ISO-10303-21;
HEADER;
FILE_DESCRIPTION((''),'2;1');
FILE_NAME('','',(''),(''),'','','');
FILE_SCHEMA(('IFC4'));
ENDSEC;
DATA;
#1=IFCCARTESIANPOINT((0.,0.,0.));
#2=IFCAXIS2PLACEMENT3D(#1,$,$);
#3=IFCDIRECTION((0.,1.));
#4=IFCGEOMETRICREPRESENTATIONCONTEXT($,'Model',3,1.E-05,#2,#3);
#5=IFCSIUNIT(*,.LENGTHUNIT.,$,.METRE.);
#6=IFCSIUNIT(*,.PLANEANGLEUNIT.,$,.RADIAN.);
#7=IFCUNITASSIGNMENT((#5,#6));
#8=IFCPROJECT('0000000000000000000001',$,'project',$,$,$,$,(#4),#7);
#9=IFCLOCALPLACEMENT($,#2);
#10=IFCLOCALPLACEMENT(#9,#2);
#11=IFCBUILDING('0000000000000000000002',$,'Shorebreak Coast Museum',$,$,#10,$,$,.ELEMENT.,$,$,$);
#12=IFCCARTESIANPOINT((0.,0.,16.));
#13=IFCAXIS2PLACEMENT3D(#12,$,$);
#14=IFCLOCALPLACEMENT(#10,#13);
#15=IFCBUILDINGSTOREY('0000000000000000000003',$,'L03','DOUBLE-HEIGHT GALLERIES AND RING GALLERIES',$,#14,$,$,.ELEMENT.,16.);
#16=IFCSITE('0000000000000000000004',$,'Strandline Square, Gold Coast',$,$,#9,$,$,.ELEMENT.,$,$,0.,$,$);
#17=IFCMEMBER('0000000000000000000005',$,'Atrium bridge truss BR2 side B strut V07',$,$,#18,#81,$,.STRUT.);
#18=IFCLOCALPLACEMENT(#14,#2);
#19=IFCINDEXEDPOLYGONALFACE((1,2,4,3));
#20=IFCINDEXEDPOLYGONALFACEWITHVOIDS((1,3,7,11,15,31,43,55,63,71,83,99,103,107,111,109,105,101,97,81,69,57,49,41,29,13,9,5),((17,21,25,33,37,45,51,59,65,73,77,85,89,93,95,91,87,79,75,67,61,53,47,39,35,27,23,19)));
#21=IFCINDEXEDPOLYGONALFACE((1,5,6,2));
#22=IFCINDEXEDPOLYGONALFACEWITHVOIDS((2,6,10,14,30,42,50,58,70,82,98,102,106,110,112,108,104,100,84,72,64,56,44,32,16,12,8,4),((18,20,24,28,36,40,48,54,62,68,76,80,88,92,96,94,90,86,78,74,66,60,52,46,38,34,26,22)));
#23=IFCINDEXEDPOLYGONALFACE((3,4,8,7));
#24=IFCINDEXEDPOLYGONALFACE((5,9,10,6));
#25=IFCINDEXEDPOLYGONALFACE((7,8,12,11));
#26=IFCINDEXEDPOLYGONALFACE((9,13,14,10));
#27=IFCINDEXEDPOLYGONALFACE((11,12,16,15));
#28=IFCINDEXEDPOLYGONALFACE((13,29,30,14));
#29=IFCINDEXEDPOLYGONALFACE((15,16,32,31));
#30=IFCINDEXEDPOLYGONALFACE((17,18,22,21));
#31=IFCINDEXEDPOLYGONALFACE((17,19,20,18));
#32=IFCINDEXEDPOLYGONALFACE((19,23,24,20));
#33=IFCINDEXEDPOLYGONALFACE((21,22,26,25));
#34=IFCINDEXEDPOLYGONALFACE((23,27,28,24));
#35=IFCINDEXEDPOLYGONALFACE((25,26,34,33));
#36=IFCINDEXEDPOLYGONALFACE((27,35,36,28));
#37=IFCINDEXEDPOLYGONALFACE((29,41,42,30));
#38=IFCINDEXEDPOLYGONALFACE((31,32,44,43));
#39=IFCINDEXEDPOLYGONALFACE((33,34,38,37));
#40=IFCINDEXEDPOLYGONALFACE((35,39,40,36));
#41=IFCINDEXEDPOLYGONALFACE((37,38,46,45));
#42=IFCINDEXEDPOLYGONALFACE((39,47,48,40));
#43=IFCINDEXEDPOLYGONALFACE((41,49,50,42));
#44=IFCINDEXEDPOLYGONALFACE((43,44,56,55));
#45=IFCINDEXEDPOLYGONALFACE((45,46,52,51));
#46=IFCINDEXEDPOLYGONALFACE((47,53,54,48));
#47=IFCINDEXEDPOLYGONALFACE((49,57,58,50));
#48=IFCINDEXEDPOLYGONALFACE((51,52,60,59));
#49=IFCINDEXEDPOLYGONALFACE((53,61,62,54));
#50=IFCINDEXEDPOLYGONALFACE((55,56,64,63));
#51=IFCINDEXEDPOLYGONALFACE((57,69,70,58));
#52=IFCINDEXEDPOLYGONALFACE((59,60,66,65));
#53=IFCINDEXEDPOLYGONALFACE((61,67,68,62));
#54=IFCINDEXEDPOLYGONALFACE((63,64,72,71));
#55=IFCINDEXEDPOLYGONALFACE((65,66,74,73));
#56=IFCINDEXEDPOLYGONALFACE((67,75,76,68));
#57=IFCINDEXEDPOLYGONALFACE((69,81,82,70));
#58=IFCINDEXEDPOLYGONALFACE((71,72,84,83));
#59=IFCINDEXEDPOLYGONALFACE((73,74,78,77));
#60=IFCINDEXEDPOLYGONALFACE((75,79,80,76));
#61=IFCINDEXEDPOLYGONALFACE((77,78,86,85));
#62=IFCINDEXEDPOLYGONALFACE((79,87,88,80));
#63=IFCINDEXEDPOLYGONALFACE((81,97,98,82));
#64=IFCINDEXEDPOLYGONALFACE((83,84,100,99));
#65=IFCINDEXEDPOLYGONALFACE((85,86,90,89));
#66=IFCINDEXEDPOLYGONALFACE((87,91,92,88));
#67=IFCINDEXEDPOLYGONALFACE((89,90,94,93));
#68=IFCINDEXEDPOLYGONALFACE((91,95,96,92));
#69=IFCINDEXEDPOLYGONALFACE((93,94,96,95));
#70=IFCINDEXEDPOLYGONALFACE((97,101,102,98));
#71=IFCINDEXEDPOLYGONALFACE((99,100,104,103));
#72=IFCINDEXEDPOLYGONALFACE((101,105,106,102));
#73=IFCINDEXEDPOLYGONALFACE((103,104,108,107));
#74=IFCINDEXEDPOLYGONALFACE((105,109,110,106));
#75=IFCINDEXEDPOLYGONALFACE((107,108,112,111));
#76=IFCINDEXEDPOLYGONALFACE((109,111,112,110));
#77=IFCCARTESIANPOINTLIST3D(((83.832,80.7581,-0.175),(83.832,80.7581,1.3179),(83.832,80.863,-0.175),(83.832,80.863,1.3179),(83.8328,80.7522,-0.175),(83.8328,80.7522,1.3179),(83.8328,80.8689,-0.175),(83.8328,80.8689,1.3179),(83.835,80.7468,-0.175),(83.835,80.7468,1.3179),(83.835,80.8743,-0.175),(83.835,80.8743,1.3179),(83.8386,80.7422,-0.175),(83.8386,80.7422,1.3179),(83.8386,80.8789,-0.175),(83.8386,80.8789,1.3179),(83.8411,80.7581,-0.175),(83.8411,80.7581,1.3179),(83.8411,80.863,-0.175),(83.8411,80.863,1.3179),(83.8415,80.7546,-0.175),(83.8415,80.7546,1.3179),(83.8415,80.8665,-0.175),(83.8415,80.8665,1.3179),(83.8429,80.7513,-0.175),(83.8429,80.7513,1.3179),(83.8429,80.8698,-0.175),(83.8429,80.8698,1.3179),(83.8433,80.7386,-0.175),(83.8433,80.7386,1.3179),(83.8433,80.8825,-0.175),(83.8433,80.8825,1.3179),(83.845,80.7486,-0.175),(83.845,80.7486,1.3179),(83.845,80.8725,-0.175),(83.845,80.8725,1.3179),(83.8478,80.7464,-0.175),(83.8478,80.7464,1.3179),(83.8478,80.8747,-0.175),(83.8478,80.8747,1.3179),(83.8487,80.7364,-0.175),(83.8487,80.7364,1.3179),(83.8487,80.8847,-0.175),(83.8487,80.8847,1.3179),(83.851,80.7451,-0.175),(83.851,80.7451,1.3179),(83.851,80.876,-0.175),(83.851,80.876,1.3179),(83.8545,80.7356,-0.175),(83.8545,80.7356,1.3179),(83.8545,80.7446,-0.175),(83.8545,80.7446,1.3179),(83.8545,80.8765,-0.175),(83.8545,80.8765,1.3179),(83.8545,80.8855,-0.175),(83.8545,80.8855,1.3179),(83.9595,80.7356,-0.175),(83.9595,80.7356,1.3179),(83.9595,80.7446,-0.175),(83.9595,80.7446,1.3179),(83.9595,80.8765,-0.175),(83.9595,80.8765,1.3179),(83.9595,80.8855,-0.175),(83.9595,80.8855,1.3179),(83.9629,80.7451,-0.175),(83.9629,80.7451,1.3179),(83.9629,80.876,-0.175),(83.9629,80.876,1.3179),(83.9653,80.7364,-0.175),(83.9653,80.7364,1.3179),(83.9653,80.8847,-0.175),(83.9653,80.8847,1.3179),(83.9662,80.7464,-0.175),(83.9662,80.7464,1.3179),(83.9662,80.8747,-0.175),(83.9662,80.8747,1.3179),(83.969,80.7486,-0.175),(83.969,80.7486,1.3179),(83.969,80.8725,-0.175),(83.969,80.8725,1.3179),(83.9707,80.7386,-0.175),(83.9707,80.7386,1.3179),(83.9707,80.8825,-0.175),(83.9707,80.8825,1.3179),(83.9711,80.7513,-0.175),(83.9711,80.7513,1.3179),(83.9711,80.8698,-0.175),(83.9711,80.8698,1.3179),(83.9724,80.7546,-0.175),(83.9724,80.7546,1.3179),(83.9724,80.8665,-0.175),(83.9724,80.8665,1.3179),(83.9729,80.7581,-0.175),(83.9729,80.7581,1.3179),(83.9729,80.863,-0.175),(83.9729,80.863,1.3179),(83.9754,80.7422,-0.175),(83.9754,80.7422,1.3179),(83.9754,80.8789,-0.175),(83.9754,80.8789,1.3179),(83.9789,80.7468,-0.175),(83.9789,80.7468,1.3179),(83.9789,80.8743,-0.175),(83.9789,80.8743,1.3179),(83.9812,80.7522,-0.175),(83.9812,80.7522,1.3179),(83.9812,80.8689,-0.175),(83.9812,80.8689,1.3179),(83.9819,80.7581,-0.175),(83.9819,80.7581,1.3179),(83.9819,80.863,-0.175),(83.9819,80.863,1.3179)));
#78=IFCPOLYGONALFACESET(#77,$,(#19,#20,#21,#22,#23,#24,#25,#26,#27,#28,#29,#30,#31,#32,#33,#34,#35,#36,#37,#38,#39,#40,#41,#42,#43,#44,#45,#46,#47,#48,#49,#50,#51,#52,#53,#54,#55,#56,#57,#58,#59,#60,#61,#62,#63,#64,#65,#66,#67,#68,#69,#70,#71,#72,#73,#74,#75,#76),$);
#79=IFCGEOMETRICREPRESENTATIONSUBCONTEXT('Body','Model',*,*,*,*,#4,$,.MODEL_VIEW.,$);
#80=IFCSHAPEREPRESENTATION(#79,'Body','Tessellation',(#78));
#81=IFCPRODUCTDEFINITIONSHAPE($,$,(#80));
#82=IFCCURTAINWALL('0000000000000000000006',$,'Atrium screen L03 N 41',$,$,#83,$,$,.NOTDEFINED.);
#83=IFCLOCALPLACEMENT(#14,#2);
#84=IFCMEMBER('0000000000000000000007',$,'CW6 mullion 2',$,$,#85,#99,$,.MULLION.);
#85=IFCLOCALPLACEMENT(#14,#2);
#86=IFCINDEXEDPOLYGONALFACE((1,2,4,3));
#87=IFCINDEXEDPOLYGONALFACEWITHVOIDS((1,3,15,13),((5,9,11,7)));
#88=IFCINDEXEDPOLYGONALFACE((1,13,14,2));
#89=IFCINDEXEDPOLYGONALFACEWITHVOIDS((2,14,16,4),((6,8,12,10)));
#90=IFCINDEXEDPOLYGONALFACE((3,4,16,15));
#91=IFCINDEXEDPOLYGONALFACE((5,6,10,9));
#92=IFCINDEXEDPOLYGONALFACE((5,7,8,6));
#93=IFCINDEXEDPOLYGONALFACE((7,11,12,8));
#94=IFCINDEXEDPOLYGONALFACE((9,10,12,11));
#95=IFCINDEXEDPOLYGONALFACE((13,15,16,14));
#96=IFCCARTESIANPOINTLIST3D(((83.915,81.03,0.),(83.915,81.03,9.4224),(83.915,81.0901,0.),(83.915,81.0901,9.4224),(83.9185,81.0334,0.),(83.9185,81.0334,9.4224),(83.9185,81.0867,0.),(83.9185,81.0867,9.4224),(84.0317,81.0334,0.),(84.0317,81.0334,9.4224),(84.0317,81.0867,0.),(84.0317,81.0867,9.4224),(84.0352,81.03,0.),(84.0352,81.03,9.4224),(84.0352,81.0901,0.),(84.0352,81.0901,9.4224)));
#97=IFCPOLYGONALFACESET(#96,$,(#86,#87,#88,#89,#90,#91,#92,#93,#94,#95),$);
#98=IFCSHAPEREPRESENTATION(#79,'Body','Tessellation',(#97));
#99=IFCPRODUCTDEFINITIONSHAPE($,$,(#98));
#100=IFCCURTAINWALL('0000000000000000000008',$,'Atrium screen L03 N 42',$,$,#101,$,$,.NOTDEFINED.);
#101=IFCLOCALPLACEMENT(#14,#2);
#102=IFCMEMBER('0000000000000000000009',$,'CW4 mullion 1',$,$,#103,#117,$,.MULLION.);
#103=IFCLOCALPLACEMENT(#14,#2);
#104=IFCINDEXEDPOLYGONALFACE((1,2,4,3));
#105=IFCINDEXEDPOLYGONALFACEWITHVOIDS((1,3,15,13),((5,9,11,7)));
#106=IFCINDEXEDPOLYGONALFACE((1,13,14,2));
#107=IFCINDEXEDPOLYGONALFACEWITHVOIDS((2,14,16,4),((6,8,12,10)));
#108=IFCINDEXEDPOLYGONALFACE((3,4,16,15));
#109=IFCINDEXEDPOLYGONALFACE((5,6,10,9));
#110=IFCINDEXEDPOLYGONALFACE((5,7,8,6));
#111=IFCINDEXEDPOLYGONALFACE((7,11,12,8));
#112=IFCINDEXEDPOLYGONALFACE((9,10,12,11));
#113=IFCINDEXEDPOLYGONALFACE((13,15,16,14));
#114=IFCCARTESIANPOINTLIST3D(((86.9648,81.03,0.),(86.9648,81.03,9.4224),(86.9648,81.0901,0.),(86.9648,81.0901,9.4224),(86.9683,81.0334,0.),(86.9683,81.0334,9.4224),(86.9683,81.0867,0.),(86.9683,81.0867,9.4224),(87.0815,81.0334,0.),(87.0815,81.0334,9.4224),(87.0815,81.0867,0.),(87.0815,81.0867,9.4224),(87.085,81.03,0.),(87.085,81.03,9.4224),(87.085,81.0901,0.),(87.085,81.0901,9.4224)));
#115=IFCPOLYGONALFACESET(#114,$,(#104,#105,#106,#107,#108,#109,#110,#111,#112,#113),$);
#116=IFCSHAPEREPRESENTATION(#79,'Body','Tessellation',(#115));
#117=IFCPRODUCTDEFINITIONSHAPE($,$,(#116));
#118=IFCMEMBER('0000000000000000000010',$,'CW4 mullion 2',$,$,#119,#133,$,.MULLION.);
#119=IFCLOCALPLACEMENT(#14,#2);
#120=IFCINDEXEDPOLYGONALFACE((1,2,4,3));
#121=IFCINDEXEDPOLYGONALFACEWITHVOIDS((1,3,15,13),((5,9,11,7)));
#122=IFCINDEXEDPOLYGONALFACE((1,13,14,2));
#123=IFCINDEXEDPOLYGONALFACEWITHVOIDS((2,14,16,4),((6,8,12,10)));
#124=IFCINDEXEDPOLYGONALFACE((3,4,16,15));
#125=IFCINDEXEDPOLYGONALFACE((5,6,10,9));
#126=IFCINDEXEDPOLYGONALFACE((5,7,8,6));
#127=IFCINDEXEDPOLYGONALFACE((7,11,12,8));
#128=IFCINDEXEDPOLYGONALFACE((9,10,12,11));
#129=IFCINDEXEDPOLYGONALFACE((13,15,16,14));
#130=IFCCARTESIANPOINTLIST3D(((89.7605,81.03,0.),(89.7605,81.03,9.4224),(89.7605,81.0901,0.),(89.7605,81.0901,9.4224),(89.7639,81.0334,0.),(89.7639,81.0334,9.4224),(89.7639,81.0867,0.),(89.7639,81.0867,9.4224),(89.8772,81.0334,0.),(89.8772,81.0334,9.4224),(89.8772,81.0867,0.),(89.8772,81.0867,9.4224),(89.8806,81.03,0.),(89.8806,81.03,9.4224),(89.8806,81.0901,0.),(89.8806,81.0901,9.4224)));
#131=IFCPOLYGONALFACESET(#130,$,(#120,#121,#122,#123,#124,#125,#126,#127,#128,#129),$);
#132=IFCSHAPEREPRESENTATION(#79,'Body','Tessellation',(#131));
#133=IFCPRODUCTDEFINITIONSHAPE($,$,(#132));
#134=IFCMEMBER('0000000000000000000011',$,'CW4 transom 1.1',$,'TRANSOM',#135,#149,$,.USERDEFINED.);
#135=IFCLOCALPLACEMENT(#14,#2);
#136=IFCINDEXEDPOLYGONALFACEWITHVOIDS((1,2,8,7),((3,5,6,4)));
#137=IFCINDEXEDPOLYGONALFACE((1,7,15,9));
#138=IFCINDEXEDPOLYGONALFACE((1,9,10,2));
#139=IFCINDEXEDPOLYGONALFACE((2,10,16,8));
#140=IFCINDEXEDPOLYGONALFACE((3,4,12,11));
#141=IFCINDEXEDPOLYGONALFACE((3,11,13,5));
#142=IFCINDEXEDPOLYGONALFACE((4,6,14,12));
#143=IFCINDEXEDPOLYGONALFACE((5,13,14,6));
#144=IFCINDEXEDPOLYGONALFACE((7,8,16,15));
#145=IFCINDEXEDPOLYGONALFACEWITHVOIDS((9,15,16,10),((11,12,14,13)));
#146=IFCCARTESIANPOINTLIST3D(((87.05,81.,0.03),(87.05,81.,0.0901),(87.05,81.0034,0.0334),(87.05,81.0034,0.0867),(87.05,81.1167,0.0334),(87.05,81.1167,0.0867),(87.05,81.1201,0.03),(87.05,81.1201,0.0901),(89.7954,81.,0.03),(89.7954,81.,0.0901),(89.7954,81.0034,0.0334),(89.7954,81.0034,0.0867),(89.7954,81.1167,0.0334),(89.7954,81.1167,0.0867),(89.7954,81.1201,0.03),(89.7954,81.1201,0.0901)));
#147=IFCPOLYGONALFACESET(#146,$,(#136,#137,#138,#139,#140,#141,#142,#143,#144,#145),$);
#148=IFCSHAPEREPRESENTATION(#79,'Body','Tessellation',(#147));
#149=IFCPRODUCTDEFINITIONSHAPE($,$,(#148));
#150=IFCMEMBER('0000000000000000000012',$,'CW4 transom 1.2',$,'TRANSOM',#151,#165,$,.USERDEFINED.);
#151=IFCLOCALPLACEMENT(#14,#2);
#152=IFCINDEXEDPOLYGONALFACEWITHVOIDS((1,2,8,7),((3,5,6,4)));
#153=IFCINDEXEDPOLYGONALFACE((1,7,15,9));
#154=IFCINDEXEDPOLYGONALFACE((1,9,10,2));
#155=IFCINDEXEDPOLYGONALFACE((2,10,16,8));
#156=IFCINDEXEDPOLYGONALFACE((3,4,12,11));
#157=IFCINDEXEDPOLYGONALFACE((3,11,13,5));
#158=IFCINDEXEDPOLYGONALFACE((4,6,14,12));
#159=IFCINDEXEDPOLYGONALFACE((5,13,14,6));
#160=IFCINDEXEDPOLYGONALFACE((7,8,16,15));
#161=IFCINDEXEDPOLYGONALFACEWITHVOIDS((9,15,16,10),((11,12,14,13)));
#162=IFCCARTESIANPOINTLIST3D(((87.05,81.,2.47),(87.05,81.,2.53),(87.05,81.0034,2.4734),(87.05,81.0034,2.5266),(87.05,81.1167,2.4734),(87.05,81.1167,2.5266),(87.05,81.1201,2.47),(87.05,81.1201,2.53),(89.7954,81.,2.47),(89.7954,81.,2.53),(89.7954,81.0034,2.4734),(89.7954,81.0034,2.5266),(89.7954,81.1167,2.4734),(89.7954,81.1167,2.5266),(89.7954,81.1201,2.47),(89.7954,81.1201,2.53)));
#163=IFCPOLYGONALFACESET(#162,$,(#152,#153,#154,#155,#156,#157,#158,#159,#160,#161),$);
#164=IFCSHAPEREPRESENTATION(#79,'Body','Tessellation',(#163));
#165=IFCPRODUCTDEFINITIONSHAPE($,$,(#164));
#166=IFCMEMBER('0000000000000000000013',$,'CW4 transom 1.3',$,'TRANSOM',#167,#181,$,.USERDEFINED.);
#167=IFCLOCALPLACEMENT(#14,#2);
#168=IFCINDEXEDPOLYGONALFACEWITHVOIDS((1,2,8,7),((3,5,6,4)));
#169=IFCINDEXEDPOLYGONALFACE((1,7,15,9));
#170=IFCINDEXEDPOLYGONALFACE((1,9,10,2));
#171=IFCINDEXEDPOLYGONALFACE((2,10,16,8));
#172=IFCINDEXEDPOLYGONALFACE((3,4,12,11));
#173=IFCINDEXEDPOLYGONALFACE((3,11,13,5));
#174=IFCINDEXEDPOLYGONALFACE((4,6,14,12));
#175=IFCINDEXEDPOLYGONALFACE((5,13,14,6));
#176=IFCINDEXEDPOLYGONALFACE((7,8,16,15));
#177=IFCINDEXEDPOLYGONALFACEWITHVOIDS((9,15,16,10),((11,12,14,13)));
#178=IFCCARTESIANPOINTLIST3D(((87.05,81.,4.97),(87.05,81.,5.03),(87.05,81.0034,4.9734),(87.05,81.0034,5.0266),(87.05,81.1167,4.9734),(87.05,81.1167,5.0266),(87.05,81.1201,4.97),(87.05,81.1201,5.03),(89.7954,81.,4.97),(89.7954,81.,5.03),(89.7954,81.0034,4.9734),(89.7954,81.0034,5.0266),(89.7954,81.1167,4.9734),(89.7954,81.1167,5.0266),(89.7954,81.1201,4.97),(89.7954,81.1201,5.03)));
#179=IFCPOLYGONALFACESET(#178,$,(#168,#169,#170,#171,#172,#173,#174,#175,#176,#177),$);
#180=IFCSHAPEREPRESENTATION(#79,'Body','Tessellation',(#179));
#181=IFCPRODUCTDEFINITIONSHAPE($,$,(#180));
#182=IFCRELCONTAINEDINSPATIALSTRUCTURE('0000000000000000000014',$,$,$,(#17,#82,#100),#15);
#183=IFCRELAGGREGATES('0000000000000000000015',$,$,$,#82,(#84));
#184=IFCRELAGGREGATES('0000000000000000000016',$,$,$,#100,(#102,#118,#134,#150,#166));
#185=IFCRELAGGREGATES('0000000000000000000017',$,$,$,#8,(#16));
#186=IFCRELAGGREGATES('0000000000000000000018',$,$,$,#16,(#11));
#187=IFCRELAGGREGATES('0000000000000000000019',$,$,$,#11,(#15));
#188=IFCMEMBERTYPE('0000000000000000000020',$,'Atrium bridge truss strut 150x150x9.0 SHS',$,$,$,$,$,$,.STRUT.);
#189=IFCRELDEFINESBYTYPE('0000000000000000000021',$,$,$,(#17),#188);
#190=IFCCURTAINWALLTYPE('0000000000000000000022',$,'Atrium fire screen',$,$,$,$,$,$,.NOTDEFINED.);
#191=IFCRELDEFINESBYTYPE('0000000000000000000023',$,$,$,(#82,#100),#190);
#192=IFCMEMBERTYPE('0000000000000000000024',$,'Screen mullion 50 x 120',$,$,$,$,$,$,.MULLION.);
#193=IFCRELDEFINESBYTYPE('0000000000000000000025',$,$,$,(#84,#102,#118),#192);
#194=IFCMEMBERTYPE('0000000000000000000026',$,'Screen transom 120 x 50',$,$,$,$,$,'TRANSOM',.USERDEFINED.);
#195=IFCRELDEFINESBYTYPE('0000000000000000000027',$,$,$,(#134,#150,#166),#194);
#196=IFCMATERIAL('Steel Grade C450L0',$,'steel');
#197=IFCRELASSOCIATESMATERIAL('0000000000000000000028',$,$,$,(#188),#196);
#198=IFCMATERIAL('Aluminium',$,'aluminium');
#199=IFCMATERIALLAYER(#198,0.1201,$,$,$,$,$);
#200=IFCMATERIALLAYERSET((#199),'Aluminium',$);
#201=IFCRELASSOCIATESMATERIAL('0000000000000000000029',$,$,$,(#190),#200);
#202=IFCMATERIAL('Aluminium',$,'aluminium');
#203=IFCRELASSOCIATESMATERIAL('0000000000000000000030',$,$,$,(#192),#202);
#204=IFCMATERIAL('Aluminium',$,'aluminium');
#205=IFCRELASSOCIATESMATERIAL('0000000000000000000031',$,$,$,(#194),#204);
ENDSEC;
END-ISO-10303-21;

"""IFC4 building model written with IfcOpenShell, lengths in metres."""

from ifc_helpers import new_model, si_unit, direction, frame, origin, origin_2d, place, context, subcontext, project, spatial, hollow_rectangle, extrude, material, layer, layer_set, material_profile, profile_set, type_object, element, aggregate, save


model = new_model("IFC4")

# Units and contexts
model_context = context("Model", 3, precision=1e-05, world=origin(), true_north=direction((0.0, 1.0)))
body_context = subcontext(model_context, "Body", "Model", "MODEL_VIEW")
ifc_project = project(units=[si_unit("LENGTHUNIT", "METRE"), si_unit("PLANEANGLEUNIT", "RADIAN")], contexts=[model_context])

# Site, building, storey
site_placement = place(None, origin())
site = spatial("IfcSite", under=ifc_project, at=site_placement, Name="Strandline Square, Gold Coast", CompositionType="ELEMENT", RefElevation=0.0)
building_placement = place(site_placement, origin())
building = spatial("IfcBuilding", under=site, at=building_placement, Name="Shorebreak Coast Museum", CompositionType="ELEMENT")
storey_placement = place(building_placement, frame((0.0, 0.0, 16.0)))
storey = spatial("IfcBuildingStorey", under=building, at=storey_placement, Name="L03", Description="DOUBLE-HEIGHT GALLERIES AND RING GALLERIES", CompositionType="ELEMENT", Elevation=16.0)

# Member
ifc_material_1 = material(Name="Steel Grade C450L0", Category="steel")
ifc_material_profile_1 = material_profile(ifc_material_1, hollow_rectangle(XDim=0.1499, YDim=0.1499, WallThickness=0.009, InnerFilletRadius=0.0134, OuterFilletRadius=0.0225, at=origin_2d()), Name="150x150x9.0 SHS")
ifc_profile_set_1 = profile_set([ifc_material_profile_1], Name="Steel Grade C450L0")
member_type_1 = type_object("IfcMemberType", Name="Atrium bridge truss strut 150x150x9.0 SHS", PredefinedType="STRUT", material=ifc_profile_set_1)
for number, where, z_axis, x_axis, name in (
    (1, (83.907, 80.8105, -0.175), (0.0, 0.0, 1.0), (1.0, 0.0, 0.0), "Atrium bridge truss BR2 side B strut V07"),
):
    element("IfcMember", number, at=place(storey_placement, frame(where, z_axis=z_axis, x_axis=x_axis)), inside=storey, type_object=member_type_1, Name=name, PredefinedType="STRUT", context=body_context, shape_type="SweptSolid", body=[
        extrude(hollow_rectangle(XDim=0.1499, YDim=0.1499, WallThickness=0.009, InnerFilletRadius=0.0134, OuterFilletRadius=0.0225, at=origin_2d()), origin(), (0.0, 0.0, 1.0), 1.4929),
    ])

# Curtain wall, member
ifc_material_2 = material(Name="Aluminium", Category="aluminium")
ifc_layer_1 = layer(ifc_material_2, 0.1201)
ifc_layer_set_1 = layer_set([ifc_layer_1], Name="Aluminium")
curtain_wall_type = type_object("IfcCurtainWallType", Name="Atrium fire screen", PredefinedType="NOTDEFINED", material=ifc_layer_set_1)
curtain_wall_1_placement = place(storey_placement, origin())
curtain_wall_1 = element("IfcCurtainWall", 2, at=curtain_wall_1_placement, inside=storey, type_object=curtain_wall_type, Name="Atrium screen L03 N 41", PredefinedType="NOTDEFINED")
ifc_material_3 = material(Name="Aluminium", Category="aluminium")
ifc_material_profile_2 = material_profile(ifc_material_3, hollow_rectangle(XDim=0.0601, YDim=0.1201, WallThickness=0.0034, at=origin_2d()), Name="AL 120x60 RHS")
ifc_profile_set_2 = profile_set([ifc_material_profile_2], Name="Aluminium")
member_type_2 = type_object("IfcMemberType", Name="Screen mullion 50 x 120", PredefinedType="MULLION", material=ifc_profile_set_2)
member_1_placement = place(storey_placement, frame((83.9751, 81.0601, 0.0), z_axis=(0.0, 0.0, 1.0), x_axis=(0.0, 1.0, 0.0)))
member_1 = element("IfcMember", 3, at=member_1_placement, type_object=member_type_2, Name="CW6 mullion 2", PredefinedType="MULLION", context=body_context, shape_type="SweptSolid", body=[
    extrude(hollow_rectangle(XDim=0.0601, YDim=0.1201, WallThickness=0.0034, at=origin_2d()), origin(), (0.0, 0.0, 1.0), 9.4224),
])
aggregate(curtain_wall_1, [member_1])

# Curtain wall, members
curtain_wall_2_placement = place(storey_placement, origin())
curtain_wall_2 = element("IfcCurtainWall", 4, at=curtain_wall_2_placement, inside=storey, type_object=curtain_wall_type, Name="Atrium screen L03 N 42", PredefinedType="NOTDEFINED")
member_2_placement = place(storey_placement, frame((87.0249, 81.0601, 0.0), z_axis=(0.0, 0.0, 1.0), x_axis=(0.0, 1.0, 0.0)))
member_2 = element("IfcMember", 5, at=member_2_placement, type_object=member_type_2, Name="CW4 mullion 1", PredefinedType="MULLION", context=body_context, shape_type="SweptSolid", body=[
    extrude(hollow_rectangle(XDim=0.0601, YDim=0.1201, WallThickness=0.0034, at=origin_2d()), origin(), (0.0, 0.0, 1.0), 9.4224),
])
member_3_placement = place(storey_placement, frame((89.8206, 81.0601, 0.0), z_axis=(0.0, 0.0, 1.0), x_axis=(0.0, 1.0, 0.0)))
member_3 = element("IfcMember", 6, at=member_3_placement, type_object=member_type_2, Name="CW4 mullion 2", PredefinedType="MULLION", context=body_context, shape_type="SweptSolid", body=[
    extrude(hollow_rectangle(XDim=0.0601, YDim=0.1201, WallThickness=0.0034, at=origin_2d()), origin(), (0.0, 0.0, 1.0), 9.4224),
])
ifc_material_4 = material(Name="Aluminium", Category="aluminium")
ifc_material_profile_3 = material_profile(ifc_material_4, hollow_rectangle(XDim=0.1201, YDim=0.0601, WallThickness=0.0034, at=origin_2d()), Name="AL 60x120 RHS")
ifc_profile_set_3 = profile_set([ifc_material_profile_3], Name="Aluminium")
member_type_3 = type_object("IfcMemberType", Name="Screen transom 120 x 50", ElementType="TRANSOM", PredefinedType="USERDEFINED", material=ifc_profile_set_3)
member_4_placement = place(storey_placement, frame((87.05, 81.0601, 0.0601), z_axis=(1.0, 0.0, 0.0), x_axis=(0.0, 1.0, 0.0)))
member_4 = element("IfcMember", 7, at=member_4_placement, type_object=member_type_3, Name="CW4 transom 1.1", ObjectType="TRANSOM", PredefinedType="USERDEFINED", context=body_context, shape_type="SweptSolid", body=[
    extrude(hollow_rectangle(XDim=0.1201, YDim=0.0601, WallThickness=0.0034, at=origin_2d()), origin(), (0.0, 0.0, 1.0), 2.7454),
])
member_5_placement = place(storey_placement, frame((87.05, 81.0601, 2.5), z_axis=(1.0, 0.0, 0.0), x_axis=(0.0, 1.0, 0.0)))
member_5 = element("IfcMember", 8, at=member_5_placement, type_object=member_type_3, Name="CW4 transom 1.2", ObjectType="TRANSOM", PredefinedType="USERDEFINED", context=body_context, shape_type="SweptSolid", body=[
    extrude(hollow_rectangle(XDim=0.1201, YDim=0.0601, WallThickness=0.0034, at=origin_2d()), origin(), (0.0, 0.0, 1.0), 2.7454),
])
member_6_placement = place(storey_placement, frame((87.05, 81.0601, 5.0), z_axis=(1.0, 0.0, 0.0), x_axis=(0.0, 1.0, 0.0)))
member_6 = element("IfcMember", 9, at=member_6_placement, type_object=member_type_3, Name="CW4 transom 1.3", ObjectType="TRANSOM", PredefinedType="USERDEFINED", context=body_context, shape_type="SweptSolid", body=[
    extrude(hollow_rectangle(XDim=0.1201, YDim=0.0601, WallThickness=0.0034, at=origin_2d()), origin(), (0.0, 0.0, 1.0), 2.7454),
])
aggregate(curtain_wall_2, [member_2, member_3, member_4, member_5, member_6])

save(model, "model.ifc")
